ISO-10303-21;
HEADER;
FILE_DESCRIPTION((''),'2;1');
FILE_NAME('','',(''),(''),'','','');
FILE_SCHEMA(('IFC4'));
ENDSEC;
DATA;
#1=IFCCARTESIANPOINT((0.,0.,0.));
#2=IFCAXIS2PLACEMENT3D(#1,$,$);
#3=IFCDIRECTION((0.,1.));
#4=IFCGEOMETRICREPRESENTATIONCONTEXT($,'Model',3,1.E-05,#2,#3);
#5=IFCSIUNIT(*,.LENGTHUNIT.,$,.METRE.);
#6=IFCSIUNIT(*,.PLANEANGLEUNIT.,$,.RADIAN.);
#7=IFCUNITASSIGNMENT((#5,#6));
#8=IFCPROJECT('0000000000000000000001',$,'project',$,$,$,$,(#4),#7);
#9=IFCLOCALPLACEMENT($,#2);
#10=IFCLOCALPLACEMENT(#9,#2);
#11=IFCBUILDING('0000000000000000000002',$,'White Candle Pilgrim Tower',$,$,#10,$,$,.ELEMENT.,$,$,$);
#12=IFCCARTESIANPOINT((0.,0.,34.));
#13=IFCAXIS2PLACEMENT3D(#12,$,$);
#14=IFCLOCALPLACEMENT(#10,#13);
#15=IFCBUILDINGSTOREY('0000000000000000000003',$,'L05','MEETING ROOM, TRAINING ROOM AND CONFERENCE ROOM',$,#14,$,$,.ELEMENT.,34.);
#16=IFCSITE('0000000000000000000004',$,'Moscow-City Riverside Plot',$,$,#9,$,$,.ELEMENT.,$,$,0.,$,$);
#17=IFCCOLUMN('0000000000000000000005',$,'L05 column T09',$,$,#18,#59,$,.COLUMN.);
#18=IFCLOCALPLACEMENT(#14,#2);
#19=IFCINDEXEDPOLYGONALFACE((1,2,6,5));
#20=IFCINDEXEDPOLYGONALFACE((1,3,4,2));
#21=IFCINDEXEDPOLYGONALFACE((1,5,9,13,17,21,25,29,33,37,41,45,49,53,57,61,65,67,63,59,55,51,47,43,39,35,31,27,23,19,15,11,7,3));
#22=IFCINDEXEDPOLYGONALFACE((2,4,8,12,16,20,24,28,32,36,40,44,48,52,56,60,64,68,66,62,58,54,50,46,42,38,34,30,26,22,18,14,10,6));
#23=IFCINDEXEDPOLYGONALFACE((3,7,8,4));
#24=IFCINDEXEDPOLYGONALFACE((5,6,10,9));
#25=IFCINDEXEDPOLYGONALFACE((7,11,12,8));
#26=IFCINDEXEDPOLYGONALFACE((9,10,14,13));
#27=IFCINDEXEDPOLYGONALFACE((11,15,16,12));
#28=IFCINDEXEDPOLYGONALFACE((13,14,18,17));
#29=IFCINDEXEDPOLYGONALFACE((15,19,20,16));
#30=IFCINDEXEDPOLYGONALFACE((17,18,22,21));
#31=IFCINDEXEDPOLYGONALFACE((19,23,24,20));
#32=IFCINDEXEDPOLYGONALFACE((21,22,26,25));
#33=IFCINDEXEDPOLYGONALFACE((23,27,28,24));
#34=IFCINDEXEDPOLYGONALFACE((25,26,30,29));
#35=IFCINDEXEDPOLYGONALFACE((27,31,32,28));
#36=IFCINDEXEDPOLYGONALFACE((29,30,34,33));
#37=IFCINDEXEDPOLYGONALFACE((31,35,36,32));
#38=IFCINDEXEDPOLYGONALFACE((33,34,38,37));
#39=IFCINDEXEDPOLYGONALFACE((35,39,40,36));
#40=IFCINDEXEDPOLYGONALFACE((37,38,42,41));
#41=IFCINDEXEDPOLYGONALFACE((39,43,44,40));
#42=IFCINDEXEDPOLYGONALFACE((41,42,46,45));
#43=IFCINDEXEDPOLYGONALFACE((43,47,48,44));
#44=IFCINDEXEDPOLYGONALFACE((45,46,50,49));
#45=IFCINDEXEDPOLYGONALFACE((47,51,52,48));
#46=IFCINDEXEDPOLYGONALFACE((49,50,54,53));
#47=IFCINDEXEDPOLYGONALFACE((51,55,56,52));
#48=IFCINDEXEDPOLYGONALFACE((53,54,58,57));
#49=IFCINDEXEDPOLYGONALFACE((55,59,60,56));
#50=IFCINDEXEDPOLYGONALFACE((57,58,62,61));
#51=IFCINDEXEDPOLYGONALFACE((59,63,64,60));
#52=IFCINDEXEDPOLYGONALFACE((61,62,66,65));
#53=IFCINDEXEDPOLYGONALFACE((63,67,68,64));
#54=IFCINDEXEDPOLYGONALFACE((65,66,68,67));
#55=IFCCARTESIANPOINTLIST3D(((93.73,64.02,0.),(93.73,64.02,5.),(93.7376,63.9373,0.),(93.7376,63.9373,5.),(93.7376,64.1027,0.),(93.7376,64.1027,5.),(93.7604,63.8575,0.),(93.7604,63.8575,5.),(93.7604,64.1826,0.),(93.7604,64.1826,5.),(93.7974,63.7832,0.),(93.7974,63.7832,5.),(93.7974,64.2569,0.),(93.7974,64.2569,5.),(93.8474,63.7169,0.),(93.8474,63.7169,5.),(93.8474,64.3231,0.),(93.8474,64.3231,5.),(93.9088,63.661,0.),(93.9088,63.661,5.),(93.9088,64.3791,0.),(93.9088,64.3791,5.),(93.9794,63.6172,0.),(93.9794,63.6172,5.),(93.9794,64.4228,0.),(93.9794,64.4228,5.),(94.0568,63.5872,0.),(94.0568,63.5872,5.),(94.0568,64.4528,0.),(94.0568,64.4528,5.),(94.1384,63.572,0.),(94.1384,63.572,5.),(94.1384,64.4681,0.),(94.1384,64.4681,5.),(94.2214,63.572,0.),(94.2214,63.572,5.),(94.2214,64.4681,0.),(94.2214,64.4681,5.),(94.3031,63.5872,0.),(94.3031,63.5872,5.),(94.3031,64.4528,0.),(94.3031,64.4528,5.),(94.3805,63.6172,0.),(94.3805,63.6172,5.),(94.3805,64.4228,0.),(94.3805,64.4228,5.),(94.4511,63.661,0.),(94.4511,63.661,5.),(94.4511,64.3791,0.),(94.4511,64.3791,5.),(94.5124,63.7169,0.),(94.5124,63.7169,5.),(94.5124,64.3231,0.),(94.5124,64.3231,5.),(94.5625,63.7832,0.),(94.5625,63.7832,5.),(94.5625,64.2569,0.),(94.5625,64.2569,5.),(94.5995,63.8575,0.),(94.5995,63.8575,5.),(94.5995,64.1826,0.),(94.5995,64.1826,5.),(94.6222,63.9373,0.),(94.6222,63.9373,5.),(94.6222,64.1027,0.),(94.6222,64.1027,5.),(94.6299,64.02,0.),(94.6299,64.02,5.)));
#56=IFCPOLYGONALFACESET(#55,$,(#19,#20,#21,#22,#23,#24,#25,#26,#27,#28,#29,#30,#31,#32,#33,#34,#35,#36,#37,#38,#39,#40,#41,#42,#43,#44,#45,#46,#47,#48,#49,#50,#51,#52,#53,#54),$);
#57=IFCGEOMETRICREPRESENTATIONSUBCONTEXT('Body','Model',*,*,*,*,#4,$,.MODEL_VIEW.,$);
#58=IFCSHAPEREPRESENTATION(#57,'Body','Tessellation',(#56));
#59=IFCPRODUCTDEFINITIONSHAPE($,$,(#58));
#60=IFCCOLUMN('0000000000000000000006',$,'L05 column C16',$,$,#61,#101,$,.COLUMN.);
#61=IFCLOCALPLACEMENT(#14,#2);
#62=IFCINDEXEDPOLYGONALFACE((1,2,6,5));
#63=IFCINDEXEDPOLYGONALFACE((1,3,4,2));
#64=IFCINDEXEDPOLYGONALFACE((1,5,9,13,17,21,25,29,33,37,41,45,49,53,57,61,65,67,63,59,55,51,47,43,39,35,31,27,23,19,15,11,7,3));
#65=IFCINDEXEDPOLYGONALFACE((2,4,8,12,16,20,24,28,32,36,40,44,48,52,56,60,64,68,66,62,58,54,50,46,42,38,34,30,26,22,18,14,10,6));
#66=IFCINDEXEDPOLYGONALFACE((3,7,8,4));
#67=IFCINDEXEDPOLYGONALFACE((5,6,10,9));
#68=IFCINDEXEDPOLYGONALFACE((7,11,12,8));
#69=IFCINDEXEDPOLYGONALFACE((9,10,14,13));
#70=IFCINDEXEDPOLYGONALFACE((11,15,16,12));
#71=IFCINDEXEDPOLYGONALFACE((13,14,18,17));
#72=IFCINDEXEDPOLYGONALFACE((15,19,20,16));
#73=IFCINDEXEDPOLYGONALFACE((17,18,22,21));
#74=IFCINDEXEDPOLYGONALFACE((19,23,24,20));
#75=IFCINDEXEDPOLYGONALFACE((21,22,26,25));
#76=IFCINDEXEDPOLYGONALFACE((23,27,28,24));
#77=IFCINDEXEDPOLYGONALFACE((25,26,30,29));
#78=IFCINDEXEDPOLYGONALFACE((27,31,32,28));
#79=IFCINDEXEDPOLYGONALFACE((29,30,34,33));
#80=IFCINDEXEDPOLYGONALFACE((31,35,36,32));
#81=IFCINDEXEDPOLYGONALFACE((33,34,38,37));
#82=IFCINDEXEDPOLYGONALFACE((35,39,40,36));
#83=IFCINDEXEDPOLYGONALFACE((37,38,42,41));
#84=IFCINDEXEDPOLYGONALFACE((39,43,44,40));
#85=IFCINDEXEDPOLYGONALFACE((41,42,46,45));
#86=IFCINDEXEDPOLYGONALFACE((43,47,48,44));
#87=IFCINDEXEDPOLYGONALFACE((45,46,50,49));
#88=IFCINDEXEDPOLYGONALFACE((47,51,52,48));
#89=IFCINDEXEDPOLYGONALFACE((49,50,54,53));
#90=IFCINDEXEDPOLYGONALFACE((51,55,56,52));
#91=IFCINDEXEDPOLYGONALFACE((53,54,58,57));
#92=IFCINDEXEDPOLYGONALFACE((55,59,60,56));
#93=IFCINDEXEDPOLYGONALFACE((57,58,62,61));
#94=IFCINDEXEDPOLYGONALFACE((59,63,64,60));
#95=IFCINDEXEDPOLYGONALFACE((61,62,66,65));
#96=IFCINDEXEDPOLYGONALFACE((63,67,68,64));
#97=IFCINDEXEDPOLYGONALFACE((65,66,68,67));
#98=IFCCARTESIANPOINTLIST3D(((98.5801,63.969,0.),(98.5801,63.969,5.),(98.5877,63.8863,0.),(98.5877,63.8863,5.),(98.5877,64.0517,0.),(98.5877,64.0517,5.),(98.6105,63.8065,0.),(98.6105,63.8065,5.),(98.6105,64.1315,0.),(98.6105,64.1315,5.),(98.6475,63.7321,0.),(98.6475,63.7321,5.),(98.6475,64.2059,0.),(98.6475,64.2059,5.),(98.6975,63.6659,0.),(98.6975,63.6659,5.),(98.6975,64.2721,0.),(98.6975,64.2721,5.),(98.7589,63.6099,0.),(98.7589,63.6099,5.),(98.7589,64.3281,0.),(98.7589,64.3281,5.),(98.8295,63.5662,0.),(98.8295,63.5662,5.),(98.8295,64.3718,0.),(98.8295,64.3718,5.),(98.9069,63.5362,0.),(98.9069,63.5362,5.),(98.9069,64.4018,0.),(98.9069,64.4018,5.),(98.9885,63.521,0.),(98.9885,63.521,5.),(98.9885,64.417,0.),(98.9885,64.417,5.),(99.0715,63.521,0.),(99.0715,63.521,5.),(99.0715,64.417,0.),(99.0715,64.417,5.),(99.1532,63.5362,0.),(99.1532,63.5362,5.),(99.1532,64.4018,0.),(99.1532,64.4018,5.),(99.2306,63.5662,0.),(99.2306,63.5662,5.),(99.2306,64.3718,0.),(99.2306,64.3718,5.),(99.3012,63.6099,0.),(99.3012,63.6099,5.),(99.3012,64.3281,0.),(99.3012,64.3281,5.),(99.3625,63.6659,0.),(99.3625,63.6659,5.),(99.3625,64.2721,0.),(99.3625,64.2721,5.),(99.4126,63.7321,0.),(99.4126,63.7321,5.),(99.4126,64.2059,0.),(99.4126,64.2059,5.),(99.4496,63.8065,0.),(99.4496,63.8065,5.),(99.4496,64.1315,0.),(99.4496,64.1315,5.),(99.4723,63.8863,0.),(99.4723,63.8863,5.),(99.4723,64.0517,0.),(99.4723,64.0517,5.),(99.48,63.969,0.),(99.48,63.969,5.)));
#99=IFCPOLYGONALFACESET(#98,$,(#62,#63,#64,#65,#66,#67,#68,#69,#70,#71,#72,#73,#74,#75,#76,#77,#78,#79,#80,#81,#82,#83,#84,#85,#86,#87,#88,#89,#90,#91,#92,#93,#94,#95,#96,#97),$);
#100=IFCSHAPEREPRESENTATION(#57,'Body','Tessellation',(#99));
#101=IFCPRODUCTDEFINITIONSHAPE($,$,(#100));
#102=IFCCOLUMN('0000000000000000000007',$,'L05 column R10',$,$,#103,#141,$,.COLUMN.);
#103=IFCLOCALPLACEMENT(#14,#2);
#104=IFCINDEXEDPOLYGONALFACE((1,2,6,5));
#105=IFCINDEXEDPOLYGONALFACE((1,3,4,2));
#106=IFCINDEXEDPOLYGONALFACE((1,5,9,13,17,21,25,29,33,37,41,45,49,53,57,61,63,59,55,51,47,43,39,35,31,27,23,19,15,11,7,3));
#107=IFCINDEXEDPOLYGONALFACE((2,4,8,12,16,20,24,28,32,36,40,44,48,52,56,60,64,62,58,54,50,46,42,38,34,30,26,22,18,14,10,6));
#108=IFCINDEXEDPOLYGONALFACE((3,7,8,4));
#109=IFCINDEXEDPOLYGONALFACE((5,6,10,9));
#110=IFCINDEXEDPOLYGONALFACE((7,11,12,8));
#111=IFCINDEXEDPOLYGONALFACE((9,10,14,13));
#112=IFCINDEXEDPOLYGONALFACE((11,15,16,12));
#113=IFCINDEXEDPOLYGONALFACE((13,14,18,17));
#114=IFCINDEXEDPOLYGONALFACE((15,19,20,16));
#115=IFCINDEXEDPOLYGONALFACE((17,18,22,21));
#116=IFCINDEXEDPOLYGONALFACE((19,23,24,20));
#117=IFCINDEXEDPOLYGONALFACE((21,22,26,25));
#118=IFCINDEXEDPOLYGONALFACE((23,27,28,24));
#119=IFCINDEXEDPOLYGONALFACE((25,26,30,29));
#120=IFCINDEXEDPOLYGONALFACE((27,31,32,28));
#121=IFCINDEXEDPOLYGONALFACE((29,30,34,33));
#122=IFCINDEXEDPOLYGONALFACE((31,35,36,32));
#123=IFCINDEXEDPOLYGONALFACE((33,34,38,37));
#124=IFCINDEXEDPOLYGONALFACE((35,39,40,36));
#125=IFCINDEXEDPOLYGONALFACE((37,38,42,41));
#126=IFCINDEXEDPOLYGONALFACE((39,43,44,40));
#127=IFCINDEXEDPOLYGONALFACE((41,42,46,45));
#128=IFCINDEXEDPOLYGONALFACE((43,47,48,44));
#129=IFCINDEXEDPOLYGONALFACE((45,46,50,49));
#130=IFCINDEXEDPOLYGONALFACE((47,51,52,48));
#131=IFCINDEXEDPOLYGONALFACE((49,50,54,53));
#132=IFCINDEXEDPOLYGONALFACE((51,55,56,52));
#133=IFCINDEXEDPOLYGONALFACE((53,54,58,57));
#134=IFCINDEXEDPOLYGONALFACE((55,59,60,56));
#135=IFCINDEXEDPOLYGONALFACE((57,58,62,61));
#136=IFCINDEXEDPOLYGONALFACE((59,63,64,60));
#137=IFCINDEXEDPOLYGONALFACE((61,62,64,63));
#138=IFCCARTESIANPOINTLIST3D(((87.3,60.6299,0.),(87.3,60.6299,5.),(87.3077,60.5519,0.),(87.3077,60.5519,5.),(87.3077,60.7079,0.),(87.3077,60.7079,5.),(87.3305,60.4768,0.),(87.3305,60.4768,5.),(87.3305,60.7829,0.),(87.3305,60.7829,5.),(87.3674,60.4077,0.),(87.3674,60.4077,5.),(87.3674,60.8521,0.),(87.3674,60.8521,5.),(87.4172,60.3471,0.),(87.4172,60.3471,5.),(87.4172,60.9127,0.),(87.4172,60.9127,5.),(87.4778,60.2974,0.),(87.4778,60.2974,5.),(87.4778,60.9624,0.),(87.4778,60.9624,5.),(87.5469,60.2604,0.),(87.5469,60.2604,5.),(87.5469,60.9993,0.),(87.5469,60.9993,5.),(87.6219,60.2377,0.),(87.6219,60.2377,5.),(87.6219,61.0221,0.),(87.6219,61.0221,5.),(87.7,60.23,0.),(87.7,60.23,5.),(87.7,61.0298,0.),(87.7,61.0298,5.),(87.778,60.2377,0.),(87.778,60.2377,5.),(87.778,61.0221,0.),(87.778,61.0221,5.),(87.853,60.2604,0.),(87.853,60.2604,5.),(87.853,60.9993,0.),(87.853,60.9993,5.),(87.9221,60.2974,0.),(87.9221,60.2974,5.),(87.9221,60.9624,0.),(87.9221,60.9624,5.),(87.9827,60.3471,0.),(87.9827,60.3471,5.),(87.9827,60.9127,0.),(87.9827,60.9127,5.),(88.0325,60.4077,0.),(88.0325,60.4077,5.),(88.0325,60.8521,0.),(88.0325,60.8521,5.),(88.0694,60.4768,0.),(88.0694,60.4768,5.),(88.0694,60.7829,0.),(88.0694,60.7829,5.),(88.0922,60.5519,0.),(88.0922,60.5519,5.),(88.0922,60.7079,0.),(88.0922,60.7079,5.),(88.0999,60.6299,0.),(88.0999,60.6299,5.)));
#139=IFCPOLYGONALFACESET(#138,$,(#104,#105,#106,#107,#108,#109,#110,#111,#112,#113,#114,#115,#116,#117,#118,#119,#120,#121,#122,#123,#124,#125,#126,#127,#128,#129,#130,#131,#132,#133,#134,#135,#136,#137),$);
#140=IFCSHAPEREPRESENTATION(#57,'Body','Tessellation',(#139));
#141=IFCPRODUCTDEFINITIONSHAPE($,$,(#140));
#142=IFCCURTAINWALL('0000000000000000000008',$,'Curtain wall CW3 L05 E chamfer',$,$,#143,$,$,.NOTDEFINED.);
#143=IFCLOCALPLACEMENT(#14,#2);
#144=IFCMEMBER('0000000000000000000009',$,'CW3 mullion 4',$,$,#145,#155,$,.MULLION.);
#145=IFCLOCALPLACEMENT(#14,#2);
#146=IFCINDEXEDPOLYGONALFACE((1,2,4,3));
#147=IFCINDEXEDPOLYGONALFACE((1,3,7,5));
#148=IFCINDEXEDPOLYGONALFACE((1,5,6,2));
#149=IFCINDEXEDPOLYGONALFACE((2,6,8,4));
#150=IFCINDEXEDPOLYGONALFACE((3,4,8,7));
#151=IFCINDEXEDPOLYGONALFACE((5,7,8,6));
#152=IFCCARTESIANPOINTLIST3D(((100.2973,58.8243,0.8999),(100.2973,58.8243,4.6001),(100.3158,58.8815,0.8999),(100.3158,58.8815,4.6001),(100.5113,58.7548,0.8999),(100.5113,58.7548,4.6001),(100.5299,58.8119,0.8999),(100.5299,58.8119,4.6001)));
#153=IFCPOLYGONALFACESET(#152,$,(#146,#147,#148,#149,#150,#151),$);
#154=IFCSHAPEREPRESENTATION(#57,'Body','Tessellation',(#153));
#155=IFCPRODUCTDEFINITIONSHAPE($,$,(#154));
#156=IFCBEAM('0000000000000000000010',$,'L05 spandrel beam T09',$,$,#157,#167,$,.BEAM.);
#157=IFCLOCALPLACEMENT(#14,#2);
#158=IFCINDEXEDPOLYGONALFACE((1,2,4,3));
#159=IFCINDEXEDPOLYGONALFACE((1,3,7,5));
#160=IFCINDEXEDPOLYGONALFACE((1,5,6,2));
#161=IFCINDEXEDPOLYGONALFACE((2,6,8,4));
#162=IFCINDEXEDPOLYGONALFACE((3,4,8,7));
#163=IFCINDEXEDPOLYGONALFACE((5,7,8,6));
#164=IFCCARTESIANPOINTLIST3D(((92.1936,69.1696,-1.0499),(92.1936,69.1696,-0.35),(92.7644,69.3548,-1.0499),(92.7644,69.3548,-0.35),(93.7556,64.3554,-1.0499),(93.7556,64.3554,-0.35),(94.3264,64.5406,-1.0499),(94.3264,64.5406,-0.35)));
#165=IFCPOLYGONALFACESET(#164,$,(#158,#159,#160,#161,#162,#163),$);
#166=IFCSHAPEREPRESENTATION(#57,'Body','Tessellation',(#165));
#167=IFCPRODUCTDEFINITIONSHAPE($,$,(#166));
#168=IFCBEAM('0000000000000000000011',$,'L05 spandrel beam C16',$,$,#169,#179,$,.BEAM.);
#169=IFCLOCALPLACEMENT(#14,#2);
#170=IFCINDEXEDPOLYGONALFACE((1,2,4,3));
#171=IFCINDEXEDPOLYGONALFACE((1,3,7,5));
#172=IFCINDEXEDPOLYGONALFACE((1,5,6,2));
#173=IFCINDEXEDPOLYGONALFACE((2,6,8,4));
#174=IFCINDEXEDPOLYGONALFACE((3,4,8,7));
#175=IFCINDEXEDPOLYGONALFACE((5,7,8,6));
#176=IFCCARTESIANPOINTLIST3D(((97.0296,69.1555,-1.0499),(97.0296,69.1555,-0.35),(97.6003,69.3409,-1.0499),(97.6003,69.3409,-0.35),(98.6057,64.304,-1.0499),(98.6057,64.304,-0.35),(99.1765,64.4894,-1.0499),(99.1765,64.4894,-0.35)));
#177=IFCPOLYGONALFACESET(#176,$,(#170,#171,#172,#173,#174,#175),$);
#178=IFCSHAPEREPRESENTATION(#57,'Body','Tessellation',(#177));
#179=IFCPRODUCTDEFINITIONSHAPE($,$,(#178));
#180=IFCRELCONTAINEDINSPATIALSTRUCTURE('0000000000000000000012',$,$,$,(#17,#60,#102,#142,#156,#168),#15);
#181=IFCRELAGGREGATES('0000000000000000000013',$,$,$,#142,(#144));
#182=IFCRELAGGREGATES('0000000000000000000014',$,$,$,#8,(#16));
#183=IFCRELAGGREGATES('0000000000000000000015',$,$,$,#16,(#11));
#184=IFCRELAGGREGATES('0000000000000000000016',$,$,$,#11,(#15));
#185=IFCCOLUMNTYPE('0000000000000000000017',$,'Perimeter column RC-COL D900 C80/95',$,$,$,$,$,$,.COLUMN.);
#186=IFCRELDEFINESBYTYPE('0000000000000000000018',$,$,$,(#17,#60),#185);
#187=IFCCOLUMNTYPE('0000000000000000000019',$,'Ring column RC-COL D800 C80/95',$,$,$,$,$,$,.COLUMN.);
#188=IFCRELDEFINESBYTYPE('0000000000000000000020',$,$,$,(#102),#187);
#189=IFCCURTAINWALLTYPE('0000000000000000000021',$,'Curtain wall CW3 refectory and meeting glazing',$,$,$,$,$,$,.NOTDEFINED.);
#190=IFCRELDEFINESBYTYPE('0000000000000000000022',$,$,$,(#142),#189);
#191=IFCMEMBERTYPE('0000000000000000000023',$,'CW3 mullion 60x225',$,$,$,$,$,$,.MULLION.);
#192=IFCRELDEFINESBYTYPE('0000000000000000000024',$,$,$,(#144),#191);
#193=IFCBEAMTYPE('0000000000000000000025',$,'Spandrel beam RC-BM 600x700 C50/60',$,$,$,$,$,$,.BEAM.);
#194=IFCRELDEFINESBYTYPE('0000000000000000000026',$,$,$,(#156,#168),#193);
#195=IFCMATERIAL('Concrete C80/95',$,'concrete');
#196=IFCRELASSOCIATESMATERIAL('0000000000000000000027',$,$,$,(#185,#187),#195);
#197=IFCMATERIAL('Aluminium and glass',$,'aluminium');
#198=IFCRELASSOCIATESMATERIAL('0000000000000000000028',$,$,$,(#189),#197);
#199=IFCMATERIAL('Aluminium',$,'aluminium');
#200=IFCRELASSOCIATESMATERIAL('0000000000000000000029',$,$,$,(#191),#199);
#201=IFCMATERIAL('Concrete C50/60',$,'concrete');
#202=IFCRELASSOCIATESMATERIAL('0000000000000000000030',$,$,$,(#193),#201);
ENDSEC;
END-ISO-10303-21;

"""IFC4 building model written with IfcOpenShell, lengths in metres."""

from ifc_helpers import new_model, si_unit, direction, frame, origin, origin_2d, place, context, subcontext, project, spatial, rectangle, circle, extrude, material, material_profile, profile_set, type_object, element, aggregate, save


model = new_model("IFC4")

# Units and contexts
model_context = context("Model", 3, precision=1e-05, world=origin(), true_north=direction((0.0, 1.0)))
body_context = subcontext(model_context, "Body", "Model", "MODEL_VIEW")
ifc_project = project(units=[si_unit("LENGTHUNIT", "METRE"), si_unit("PLANEANGLEUNIT", "RADIAN")], contexts=[model_context])

# Site, building, storey
site_placement = place(None, origin())
site = spatial("IfcSite", under=ifc_project, at=site_placement, Name="Moscow-City Riverside Plot", CompositionType="ELEMENT", RefElevation=0.0)
building_placement = place(site_placement, origin())
building = spatial("IfcBuilding", under=site, at=building_placement, Name="White Candle Pilgrim Tower", CompositionType="ELEMENT")
storey_placement = place(building_placement, frame((0.0, 0.0, 34.0)))
storey = spatial("IfcBuildingStorey", under=building, at=storey_placement, Name="L05", Description="MEETING ROOM, TRAINING ROOM AND CONFERENCE ROOM", CompositionType="ELEMENT", Elevation=34.0)

# Columns
ifc_material_1 = material(Name="Concrete C80/95", Category="concrete")
ifc_material_profile_1 = material_profile(ifc_material_1, circle(Radius=0.45, at=origin_2d()), Name="RC-COL D900")
ifc_profile_set_1 = profile_set([ifc_material_profile_1], Name="Concrete C80/95")
column_type_1 = type_object("IfcColumnType", Name="Perimeter column RC-COL D900 C80/95", PredefinedType="COLUMN", material=ifc_profile_set_1)
for number, where, z_axis, x_axis, name in (
    (1, (94.1799, 64.02, 0.0), (0.0, 0.0, 1.0), (1.0, 0.0, 0.0), "L05 column T09"),
    (2, (99.03, 63.969, 0.0), (0.0, 0.0, 1.0), (1.0, 0.0, 0.0), "L05 column C16"),
):
    element("IfcColumn", number, at=place(storey_placement, frame(where, z_axis=z_axis, x_axis=x_axis)), inside=storey, type_object=column_type_1, Name=name, PredefinedType="COLUMN", context=body_context, shape_type="SweptSolid", body=[
        extrude(circle(Radius=0.45, at=origin_2d()), origin(), (0.0, 0.0, 1.0), 5.0),
    ])
ifc_material_profile_2 = material_profile(ifc_material_1, circle(Radius=0.3999, at=origin_2d()), Name="RC-COL D800")
ifc_profile_set_2 = profile_set([ifc_material_profile_2], Name="Concrete C80/95")
column_type_2 = type_object("IfcColumnType", Name="Ring column RC-COL D800 C80/95", PredefinedType="COLUMN", material=ifc_profile_set_2)
column_placement = place(storey_placement, frame((87.7, 60.6299, 0.0), z_axis=(0.0, 0.0, 1.0), x_axis=(1.0, 0.0, 0.0)))
element("IfcColumn", 3, at=column_placement, inside=storey, type_object=column_type_2, Name="L05 column R10", PredefinedType="COLUMN", context=body_context, shape_type="SweptSolid", body=[
    extrude(circle(Radius=0.3999, at=origin_2d()), origin(), (0.0, 0.0, 1.0), 5.0),
])

# Curtain wall, member
ifc_material_2 = material(Name="Aluminium and glass", Category="aluminium")
curtain_wall_type = type_object("IfcCurtainWallType", Name="Curtain wall CW3 refectory and meeting glazing", PredefinedType="NOTDEFINED", material=ifc_material_2)
curtain_wall_placement = place(storey_placement, origin())
curtain_wall = element("IfcCurtainWall", 4, at=curtain_wall_placement, inside=storey, type_object=curtain_wall_type, Name="Curtain wall CW3 L05 E chamfer", PredefinedType="NOTDEFINED")
ifc_material_3 = material(Name="Aluminium", Category="aluminium")
ifc_material_profile_3 = material_profile(ifc_material_3, rectangle(XDim=0.2251, YDim=0.0601, at=origin_2d()), Name="CW3 mullion 60x225")
ifc_profile_set_3 = profile_set([ifc_material_profile_3], Name="Aluminium")
member_type = type_object("IfcMemberType", Name="CW3 mullion 60x225", PredefinedType="MULLION", material=ifc_profile_set_3)
member_placement = place(storey_placement, frame((100.4136, 58.8181, 0.8999), z_axis=(0.0, 0.0, 1.0), x_axis=(-0.951057, 0.309017, 0.0)))
member = element("IfcMember", 5, at=member_placement, type_object=member_type, Name="CW3 mullion 4", PredefinedType="MULLION", context=body_context, shape_type="SweptSolid", body=[
    extrude(rectangle(XDim=0.2251, YDim=0.0601, at=origin_2d()), origin(), (0.0, 0.0, 1.0), 3.7002),
])
aggregate(curtain_wall, [member])

# Beams
ifc_material_4 = material(Name="Concrete C50/60", Category="concrete")
ifc_material_profile_4 = material_profile(ifc_material_4, rectangle(XDim=0.6001, YDim=0.7, at=origin_2d()), Name="RC-BM 600x700")
ifc_profile_set_4 = profile_set([ifc_material_profile_4], Name="Concrete C50/60")
beam_type = type_object("IfcBeamType", Name="Spandrel beam RC-BM 600x700 C50/60", PredefinedType="BEAM", material=ifc_profile_set_4)
beam_1_placement = place(storey_placement, frame((94.041, 64.448, -0.7), z_axis=(-0.30862, 0.951185, 0.0), x_axis=(-0.951185, -0.30862, 0.0)))
element("IfcBeam", 6, at=beam_1_placement, inside=storey, type_object=beam_type, Name="L05 spandrel beam T09", PredefinedType="BEAM", context=body_context, shape_type="SweptSolid", body=[
    extrude(rectangle(XDim=0.6001, YDim=0.7, at=origin_2d()), origin(), (0.0, 0.0, 1.0), 5.0613),
])
beam_2_placement = place(storey_placement, frame((98.8911, 64.3967, -0.7), z_axis=(-0.308982, 0.951068, 0.0), x_axis=(-0.951068, -0.308982, 0.0)))
element("IfcBeam", 7, at=beam_2_placement, inside=storey, type_object=beam_type, Name="L05 spandrel beam C16", PredefinedType="BEAM", context=body_context, shape_type="SweptSolid", body=[
    extrude(rectangle(XDim=0.6001, YDim=0.7, at=origin_2d()), origin(), (0.0, 0.0, 1.0), 5.1011),
])

save(model, "model.ifc")
